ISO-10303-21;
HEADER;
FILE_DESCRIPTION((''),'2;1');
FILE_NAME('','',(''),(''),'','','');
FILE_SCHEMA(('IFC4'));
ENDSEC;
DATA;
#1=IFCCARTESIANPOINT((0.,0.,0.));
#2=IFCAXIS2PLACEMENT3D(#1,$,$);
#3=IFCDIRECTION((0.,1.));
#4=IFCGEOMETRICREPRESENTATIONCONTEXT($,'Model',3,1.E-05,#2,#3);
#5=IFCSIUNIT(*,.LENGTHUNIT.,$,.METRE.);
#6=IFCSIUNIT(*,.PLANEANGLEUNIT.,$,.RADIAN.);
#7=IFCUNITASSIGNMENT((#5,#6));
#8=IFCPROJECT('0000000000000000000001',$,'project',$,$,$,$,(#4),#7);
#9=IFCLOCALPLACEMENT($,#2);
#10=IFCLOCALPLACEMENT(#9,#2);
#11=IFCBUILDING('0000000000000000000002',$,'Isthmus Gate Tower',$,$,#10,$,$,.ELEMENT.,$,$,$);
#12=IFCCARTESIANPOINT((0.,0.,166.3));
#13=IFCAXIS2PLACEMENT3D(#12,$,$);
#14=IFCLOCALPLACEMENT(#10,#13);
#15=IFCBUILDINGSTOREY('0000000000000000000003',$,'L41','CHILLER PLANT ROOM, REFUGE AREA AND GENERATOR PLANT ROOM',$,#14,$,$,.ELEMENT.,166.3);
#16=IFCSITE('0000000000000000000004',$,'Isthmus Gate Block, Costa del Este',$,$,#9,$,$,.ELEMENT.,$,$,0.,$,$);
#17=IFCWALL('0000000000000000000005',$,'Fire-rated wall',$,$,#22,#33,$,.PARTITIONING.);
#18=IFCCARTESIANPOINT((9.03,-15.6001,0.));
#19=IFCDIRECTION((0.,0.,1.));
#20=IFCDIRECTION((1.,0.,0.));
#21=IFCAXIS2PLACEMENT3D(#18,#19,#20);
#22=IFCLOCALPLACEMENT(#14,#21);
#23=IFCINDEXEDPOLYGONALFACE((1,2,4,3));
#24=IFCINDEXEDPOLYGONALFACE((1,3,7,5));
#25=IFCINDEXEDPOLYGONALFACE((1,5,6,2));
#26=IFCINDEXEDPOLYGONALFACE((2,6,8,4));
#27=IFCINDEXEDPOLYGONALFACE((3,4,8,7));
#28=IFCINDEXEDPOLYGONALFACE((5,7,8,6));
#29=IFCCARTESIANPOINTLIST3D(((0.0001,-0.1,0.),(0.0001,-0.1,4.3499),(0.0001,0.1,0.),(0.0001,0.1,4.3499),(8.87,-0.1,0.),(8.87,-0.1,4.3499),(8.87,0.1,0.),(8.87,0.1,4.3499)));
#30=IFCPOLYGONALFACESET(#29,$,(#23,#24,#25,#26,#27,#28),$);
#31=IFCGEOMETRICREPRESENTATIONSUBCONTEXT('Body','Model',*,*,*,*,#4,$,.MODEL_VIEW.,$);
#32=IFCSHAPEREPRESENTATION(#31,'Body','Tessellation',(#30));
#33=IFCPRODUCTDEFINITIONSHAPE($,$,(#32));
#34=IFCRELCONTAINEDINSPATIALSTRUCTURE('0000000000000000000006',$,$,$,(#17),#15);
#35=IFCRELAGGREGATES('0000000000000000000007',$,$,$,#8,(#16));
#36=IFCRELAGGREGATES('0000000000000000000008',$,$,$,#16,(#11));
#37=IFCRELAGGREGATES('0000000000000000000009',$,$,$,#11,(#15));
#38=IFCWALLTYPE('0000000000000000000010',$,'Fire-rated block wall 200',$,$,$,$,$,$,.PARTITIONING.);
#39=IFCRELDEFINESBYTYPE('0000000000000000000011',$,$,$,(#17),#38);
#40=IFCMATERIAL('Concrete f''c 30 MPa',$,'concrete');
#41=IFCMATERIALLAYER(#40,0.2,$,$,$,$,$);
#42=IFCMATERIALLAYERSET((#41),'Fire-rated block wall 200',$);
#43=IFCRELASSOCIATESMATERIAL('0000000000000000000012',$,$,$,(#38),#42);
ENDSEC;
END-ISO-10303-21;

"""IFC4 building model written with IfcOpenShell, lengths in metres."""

from ifc_helpers import new_model, si_unit, direction, frame, frame_2d, origin, place, context, subcontext, project, spatial, rectangle, extrude, material, layer, layer_set, type_object, element, save


model = new_model("IFC4")

# Units and contexts
model_context = context("Model", 3, precision=1e-05, world=origin(), true_north=direction((0.0, 1.0)))
body_context = subcontext(model_context, "Body", "Model", "MODEL_VIEW")
ifc_project = project(units=[si_unit("LENGTHUNIT", "METRE"), si_unit("PLANEANGLEUNIT", "RADIAN")], contexts=[model_context])

# Site, building, storey
site_placement = place(None, origin())
site = spatial("IfcSite", under=ifc_project, at=site_placement, Name="Isthmus Gate Block, Costa del Este", CompositionType="ELEMENT", RefElevation=0.0)
building_placement = place(site_placement, origin())
building = spatial("IfcBuilding", under=site, at=building_placement, Name="Isthmus Gate Tower", CompositionType="ELEMENT")
storey_placement = place(building_placement, frame((0.0, 0.0, 166.3)))
storey = spatial("IfcBuildingStorey", under=building, at=storey_placement, Name="L41", Description="CHILLER PLANT ROOM, REFUGE AREA AND GENERATOR PLANT ROOM", CompositionType="ELEMENT", Elevation=166.3)

# Shared definitions
ifc_material_1 = material(Name="Concrete f'c 30 MPa", Category="concrete")
ifc_layer_1 = layer(ifc_material_1, 0.2)
ifc_layer_set_1 = layer_set([ifc_layer_1], Name="Fire-rated block wall 200")
wall_type_1 = type_object("IfcWallType", Name="Fire-rated block wall 200", PredefinedType="PARTITIONING", material=ifc_layer_set_1)

# Wall
wall_1_placement = place(storey_placement, frame((9.03, -15.6001, 0.0), z_axis=(0.0, 0.0, 1.0), x_axis=(1.0, 0.0, 0.0)))
element("IfcWall", 1, at=wall_1_placement, inside=storey, type_object=wall_type_1, Name="Fire-rated wall", PredefinedType="PARTITIONING", context=body_context, shape_type="SweptSolid", body=[
    extrude(rectangle(XDim=8.8699, YDim=0.2, at=frame_2d((4.4351, 0.0))), origin(), (0.0, 0.0, 1.0), 4.3499),
])

save(model, "model.ifc")
